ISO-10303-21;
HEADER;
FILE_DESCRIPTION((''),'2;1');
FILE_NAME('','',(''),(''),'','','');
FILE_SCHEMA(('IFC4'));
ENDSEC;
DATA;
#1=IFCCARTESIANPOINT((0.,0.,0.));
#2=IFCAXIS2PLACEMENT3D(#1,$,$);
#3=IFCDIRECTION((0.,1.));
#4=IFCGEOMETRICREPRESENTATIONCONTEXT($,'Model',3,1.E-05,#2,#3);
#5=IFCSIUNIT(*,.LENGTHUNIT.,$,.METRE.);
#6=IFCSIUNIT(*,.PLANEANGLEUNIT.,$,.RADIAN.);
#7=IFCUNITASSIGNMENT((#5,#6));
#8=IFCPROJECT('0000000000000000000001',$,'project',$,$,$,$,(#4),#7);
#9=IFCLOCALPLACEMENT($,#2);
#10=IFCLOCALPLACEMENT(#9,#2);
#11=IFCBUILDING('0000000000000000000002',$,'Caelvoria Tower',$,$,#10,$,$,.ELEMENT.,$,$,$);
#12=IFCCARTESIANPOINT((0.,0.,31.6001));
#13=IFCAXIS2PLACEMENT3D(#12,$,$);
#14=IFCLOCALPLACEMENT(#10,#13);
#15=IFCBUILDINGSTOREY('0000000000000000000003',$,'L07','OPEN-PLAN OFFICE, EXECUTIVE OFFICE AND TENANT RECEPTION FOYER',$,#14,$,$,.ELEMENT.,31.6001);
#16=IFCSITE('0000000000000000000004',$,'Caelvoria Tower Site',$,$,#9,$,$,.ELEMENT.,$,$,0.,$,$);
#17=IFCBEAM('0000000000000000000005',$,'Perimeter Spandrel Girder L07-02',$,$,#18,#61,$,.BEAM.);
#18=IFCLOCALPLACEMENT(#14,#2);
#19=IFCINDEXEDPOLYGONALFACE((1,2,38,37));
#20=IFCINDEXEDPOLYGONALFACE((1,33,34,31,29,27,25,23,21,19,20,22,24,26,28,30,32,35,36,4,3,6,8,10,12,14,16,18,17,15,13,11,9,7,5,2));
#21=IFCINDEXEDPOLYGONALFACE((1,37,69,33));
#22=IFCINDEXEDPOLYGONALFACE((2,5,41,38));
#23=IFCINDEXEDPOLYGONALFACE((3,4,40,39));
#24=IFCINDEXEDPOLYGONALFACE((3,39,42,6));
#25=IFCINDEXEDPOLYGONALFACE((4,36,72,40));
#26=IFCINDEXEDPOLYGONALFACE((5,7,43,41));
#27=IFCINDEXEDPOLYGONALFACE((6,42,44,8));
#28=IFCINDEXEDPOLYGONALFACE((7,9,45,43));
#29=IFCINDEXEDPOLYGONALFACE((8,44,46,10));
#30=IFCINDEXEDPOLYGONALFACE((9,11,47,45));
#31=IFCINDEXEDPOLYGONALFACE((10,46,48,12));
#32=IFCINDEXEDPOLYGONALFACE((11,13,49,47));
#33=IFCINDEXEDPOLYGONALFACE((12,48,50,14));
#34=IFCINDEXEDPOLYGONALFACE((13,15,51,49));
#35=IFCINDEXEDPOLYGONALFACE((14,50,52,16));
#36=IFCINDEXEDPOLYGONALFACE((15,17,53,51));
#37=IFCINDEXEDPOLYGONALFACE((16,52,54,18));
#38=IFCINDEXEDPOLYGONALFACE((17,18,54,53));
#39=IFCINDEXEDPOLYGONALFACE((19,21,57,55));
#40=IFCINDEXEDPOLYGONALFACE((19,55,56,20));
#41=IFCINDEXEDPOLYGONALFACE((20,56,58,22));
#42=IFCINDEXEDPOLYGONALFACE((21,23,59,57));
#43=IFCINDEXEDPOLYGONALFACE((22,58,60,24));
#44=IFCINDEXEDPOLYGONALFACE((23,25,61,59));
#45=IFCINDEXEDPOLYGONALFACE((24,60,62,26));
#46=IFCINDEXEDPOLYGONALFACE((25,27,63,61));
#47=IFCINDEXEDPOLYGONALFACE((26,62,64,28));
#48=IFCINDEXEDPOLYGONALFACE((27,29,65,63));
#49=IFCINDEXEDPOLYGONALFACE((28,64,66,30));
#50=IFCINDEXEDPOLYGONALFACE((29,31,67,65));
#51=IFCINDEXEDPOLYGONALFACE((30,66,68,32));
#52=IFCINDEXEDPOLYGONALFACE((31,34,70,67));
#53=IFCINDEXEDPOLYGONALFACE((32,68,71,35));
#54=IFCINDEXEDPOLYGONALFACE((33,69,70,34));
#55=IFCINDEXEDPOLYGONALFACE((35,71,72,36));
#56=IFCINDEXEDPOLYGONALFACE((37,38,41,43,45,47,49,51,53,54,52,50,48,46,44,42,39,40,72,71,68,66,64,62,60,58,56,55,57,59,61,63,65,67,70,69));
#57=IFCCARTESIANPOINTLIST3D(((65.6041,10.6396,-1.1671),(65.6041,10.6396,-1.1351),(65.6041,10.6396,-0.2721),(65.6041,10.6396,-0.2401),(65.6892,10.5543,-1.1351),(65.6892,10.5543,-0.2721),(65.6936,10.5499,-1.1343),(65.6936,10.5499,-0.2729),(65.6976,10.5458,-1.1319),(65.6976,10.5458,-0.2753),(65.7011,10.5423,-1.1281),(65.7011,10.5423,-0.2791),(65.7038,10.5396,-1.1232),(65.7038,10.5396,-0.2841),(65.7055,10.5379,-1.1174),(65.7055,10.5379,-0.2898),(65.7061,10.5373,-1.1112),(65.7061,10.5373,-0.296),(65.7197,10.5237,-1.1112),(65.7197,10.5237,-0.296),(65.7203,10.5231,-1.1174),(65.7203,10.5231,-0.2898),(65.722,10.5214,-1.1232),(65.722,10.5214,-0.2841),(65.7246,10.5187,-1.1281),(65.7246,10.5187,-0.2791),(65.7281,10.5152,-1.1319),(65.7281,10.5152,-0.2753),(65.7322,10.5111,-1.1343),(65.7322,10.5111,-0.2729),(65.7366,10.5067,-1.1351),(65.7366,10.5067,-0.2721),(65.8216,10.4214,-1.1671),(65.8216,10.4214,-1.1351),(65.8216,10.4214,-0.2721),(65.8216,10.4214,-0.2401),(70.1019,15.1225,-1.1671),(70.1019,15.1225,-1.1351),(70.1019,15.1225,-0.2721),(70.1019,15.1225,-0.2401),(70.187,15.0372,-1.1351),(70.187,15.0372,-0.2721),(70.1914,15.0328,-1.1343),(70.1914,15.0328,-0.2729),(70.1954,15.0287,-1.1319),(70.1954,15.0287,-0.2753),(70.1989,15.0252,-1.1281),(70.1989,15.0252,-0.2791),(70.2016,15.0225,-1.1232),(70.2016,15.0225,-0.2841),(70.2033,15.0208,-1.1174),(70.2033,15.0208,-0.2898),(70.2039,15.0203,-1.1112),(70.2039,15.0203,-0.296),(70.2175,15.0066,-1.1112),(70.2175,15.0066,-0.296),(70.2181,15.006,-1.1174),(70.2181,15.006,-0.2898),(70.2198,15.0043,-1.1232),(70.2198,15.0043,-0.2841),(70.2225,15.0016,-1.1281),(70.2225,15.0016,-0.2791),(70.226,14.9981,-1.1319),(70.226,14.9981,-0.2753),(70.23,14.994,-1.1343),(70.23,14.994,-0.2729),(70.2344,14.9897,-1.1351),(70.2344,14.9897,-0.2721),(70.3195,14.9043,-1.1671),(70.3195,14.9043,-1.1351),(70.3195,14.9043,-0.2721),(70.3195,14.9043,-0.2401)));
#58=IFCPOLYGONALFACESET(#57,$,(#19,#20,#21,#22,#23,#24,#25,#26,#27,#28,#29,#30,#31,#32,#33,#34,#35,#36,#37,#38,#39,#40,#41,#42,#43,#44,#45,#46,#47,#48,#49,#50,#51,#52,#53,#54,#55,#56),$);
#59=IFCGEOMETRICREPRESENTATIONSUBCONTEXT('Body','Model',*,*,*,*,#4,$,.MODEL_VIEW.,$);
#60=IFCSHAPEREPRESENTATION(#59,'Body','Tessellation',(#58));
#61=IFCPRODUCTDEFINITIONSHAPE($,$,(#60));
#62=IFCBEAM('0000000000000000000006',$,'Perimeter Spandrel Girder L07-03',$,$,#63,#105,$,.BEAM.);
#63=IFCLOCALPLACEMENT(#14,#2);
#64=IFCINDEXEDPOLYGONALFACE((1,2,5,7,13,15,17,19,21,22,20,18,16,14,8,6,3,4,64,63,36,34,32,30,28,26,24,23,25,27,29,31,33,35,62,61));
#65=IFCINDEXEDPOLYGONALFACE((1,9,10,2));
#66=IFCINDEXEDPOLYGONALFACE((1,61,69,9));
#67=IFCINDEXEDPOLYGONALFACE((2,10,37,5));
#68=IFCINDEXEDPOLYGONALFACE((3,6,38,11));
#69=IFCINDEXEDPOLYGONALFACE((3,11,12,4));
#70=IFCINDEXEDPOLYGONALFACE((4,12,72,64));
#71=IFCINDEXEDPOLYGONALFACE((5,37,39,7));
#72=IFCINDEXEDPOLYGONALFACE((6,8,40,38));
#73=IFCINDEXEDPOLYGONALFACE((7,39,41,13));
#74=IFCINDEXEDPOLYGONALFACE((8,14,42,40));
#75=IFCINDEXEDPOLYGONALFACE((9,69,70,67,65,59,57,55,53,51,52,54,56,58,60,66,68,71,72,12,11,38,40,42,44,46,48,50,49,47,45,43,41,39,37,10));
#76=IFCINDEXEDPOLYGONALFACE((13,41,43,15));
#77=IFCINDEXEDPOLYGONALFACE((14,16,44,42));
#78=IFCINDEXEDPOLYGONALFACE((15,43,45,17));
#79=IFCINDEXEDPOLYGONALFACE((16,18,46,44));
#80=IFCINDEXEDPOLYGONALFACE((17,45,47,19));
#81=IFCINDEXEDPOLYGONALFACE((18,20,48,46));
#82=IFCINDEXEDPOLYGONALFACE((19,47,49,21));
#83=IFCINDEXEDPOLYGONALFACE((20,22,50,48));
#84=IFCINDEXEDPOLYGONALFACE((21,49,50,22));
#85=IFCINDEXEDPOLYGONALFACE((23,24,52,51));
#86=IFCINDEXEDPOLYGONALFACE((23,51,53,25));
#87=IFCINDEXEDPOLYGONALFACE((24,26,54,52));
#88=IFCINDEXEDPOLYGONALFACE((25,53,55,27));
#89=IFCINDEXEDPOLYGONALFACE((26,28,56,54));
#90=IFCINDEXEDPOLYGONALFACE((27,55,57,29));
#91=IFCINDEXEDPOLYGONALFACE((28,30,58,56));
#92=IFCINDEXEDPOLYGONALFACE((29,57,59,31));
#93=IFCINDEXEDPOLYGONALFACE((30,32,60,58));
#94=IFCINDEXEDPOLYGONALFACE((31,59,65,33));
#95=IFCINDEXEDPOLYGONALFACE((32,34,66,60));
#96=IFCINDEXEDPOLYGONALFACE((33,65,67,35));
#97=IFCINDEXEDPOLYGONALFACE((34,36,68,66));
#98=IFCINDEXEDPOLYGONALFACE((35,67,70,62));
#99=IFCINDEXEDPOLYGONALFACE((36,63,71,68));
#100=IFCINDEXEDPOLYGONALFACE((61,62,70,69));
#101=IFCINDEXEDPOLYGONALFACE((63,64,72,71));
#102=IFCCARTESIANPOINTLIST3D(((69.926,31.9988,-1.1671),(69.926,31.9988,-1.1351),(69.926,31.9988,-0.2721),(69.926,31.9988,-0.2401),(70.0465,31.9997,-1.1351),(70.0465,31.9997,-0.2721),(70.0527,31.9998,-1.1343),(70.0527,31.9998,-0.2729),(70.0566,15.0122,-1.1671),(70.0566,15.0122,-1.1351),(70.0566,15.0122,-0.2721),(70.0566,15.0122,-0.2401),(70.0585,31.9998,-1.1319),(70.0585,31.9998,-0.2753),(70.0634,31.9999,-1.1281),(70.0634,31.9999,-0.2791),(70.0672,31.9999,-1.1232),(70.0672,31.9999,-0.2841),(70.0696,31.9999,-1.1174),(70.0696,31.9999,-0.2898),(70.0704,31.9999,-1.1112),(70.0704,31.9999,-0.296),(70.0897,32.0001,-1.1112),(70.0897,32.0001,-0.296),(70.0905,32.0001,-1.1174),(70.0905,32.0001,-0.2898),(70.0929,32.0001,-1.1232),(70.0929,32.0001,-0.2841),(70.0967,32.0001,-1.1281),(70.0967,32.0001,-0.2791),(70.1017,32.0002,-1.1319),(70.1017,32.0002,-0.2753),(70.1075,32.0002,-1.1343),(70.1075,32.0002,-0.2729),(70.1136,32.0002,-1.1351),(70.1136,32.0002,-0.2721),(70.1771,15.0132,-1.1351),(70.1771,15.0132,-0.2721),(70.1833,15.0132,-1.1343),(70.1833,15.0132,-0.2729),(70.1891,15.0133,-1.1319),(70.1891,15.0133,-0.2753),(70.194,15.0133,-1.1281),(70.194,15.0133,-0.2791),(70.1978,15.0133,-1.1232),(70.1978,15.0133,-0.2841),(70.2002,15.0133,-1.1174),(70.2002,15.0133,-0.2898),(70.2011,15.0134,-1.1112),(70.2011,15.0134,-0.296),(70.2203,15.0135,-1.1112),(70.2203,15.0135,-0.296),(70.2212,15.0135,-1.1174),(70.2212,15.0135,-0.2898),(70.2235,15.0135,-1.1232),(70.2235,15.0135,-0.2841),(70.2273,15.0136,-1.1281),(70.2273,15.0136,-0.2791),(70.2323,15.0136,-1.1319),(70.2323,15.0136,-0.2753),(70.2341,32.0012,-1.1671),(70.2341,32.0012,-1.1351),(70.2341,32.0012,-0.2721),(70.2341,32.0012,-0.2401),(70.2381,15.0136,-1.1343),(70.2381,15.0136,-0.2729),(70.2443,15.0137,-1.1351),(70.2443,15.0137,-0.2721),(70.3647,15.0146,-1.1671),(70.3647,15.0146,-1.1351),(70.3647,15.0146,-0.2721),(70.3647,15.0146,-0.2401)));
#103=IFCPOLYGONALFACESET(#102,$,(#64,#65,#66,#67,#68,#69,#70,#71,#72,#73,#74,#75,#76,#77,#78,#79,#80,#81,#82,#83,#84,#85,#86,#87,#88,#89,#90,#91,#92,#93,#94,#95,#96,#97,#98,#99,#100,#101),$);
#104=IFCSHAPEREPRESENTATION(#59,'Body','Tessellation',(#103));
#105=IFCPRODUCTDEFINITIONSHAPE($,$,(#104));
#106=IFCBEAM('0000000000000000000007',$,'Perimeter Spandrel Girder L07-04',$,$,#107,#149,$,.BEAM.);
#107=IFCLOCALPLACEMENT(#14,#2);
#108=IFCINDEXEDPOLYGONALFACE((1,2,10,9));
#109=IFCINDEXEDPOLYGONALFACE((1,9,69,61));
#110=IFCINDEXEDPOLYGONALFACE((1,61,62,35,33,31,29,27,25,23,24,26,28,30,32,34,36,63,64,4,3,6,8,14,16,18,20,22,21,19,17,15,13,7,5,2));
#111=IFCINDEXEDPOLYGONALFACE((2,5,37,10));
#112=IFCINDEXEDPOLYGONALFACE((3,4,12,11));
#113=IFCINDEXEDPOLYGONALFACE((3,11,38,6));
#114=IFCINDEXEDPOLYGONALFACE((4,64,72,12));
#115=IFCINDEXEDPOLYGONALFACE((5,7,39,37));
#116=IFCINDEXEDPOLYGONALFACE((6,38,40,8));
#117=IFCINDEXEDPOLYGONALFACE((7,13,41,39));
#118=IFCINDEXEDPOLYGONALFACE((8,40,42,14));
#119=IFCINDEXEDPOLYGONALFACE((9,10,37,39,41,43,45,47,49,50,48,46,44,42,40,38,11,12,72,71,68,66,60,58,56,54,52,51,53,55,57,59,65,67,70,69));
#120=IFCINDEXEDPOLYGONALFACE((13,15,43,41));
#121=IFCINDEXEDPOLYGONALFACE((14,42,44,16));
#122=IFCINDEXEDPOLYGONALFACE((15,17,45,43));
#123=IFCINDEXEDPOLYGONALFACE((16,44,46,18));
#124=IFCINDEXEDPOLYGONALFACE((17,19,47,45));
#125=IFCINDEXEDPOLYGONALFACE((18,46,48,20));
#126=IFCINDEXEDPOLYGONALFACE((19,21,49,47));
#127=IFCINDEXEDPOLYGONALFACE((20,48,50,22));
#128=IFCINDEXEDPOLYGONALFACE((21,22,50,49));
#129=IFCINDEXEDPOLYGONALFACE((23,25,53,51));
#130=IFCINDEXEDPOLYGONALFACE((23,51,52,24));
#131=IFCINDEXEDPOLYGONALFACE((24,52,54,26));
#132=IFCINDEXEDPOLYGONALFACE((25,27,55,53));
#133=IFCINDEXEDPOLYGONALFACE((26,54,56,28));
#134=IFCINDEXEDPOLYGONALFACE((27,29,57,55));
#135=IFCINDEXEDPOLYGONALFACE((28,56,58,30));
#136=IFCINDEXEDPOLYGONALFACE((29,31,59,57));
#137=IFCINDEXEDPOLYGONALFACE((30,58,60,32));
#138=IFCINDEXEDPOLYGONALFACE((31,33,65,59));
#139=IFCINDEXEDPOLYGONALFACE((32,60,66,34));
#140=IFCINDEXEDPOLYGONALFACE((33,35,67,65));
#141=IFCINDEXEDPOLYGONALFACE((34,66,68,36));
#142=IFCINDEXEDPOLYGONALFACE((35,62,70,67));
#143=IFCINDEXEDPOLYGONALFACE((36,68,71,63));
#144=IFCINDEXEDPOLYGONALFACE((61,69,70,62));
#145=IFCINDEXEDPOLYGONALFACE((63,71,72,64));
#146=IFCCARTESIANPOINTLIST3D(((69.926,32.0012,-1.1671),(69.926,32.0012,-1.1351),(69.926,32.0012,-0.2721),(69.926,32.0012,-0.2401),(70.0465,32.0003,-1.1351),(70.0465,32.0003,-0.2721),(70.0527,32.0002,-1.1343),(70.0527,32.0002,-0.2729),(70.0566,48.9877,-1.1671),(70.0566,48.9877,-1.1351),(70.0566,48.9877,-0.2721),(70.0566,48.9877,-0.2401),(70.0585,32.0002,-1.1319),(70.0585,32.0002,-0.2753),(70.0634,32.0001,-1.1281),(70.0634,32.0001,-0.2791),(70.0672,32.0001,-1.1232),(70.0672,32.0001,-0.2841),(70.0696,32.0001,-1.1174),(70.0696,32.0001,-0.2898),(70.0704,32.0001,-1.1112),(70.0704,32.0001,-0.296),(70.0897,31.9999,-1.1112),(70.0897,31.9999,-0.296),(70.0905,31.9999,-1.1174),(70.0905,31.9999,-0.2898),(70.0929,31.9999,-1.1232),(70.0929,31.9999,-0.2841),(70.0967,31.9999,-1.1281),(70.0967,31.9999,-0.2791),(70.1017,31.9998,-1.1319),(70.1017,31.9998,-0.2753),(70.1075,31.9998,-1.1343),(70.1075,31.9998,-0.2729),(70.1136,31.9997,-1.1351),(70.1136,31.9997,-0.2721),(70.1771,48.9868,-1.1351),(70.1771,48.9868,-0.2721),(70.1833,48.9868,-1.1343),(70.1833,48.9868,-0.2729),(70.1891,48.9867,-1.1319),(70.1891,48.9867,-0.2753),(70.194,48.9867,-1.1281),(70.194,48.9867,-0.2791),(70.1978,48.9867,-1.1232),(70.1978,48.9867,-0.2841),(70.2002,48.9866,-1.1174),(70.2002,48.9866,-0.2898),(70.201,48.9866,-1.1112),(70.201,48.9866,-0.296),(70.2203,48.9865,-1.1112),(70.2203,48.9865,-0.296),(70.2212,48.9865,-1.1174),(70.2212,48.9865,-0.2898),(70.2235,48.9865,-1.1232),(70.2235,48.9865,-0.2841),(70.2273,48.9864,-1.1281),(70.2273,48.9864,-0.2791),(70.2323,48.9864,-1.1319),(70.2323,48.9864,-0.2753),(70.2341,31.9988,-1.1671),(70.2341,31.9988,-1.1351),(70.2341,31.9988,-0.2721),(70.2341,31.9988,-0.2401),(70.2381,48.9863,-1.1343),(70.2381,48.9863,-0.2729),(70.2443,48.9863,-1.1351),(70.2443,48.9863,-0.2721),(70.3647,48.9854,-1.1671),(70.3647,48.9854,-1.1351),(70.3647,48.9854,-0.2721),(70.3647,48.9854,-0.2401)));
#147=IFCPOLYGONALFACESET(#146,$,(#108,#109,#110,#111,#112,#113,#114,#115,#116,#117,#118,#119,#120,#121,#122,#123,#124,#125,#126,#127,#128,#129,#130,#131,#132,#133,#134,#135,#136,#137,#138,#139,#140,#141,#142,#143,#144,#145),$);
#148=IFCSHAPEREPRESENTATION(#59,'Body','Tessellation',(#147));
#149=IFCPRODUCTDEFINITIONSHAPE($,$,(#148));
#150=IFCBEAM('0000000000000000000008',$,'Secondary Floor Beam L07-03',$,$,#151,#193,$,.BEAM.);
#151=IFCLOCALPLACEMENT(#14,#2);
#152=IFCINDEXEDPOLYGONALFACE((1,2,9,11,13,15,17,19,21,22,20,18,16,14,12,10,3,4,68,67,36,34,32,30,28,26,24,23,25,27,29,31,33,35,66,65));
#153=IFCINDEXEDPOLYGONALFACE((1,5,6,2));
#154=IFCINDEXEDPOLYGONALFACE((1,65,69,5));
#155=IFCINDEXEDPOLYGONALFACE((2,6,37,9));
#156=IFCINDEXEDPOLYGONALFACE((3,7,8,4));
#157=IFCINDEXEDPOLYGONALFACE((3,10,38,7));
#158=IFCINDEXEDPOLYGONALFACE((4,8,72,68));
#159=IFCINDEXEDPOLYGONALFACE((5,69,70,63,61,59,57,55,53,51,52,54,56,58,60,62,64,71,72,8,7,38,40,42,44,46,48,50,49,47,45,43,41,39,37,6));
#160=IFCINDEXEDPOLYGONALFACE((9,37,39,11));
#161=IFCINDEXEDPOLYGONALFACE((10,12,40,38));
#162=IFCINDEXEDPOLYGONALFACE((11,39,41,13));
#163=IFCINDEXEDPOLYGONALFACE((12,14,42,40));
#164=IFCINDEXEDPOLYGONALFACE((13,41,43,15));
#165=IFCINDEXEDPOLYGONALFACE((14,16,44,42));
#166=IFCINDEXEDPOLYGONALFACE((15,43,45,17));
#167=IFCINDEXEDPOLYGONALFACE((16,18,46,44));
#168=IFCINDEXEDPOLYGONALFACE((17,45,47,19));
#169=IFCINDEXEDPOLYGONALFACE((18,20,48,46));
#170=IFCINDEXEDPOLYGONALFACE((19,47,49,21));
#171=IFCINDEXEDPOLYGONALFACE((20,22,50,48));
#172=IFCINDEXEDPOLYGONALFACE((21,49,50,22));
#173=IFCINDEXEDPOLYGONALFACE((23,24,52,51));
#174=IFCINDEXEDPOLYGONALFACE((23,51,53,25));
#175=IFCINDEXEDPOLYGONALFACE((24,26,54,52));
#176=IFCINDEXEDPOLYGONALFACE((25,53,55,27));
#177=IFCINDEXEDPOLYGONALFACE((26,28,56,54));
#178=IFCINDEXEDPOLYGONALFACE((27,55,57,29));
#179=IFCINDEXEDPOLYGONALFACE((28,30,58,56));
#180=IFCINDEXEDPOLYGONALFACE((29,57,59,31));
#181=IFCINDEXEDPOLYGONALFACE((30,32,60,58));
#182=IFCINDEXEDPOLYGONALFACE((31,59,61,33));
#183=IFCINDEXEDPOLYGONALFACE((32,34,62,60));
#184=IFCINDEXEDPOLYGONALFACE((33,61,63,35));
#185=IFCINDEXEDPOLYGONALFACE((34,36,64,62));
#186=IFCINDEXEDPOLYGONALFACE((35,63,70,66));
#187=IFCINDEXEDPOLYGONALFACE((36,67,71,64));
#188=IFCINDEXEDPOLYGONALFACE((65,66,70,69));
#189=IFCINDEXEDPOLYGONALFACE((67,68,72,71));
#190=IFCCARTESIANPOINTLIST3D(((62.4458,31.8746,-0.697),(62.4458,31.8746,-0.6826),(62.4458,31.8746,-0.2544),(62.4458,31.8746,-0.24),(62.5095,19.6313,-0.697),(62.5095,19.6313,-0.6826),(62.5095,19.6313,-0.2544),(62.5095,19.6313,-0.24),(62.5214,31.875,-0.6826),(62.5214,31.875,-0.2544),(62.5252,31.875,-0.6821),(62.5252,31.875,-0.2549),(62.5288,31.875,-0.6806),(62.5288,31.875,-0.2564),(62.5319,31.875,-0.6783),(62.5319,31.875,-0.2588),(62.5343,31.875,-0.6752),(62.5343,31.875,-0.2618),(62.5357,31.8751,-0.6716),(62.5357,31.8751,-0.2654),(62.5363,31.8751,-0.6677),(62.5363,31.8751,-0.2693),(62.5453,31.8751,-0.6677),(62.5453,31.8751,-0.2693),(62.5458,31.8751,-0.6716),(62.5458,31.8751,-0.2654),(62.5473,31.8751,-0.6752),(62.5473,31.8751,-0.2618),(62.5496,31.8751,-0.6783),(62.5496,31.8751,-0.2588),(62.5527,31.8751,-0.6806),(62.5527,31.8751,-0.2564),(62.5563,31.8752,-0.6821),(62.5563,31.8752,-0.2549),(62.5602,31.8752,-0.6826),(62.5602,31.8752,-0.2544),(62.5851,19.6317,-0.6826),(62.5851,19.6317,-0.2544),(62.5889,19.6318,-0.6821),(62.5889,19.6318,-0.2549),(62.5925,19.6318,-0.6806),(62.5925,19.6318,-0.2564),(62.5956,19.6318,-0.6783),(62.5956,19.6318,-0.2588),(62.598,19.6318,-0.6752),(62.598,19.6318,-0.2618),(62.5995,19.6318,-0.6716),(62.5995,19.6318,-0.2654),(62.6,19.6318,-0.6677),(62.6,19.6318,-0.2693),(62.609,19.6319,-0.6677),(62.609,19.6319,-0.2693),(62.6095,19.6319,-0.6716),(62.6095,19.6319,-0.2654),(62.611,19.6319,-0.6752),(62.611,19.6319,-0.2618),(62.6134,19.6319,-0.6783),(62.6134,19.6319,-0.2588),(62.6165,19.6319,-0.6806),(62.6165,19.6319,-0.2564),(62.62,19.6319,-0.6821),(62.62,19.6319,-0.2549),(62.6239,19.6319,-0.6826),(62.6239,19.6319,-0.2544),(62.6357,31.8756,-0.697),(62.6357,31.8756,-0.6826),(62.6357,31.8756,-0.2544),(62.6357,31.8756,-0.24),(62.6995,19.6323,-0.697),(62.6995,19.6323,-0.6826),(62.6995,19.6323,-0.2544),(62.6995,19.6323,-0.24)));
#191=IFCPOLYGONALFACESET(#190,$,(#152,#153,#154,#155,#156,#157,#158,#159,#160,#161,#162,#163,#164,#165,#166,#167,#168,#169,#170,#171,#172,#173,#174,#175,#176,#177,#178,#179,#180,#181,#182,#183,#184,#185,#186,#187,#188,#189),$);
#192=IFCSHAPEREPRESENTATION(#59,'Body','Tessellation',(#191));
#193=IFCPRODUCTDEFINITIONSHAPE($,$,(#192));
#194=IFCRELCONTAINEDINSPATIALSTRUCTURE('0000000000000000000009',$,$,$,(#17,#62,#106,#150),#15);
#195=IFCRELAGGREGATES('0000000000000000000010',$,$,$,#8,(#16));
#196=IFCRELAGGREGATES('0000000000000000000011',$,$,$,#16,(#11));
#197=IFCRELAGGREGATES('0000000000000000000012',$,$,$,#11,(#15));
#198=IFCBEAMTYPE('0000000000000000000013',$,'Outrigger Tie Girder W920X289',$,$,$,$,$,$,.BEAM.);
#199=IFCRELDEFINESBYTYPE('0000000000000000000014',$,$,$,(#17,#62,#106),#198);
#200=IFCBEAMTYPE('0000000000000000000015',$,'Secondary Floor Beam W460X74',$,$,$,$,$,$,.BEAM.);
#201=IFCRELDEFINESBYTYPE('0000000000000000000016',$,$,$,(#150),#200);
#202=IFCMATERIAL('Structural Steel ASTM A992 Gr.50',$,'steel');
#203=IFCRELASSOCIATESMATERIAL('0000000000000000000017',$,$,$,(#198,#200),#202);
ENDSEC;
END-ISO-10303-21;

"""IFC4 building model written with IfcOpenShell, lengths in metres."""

from ifc_helpers import new_model, si_unit, direction, frame, origin, origin_2d, place, context, subcontext, project, spatial, i_section, extrude, material, material_profile, profile_set, type_object, element, save


model = new_model("IFC4")

# Units and contexts
model_context = context("Model", 3, precision=1e-05, world=origin(), true_north=direction((0.0, 1.0)))
body_context = subcontext(model_context, "Body", "Model", "MODEL_VIEW")
ifc_project = project(units=[si_unit("LENGTHUNIT", "METRE"), si_unit("PLANEANGLEUNIT", "RADIAN")], contexts=[model_context])

# Site, building, storey
site_placement = place(None, origin())
site = spatial("IfcSite", under=ifc_project, at=site_placement, Name="Caelvoria Tower Site", CompositionType="ELEMENT", RefElevation=0.0)
building_placement = place(site_placement, origin())
building = spatial("IfcBuilding", under=site, at=building_placement, Name="Caelvoria Tower", CompositionType="ELEMENT")
storey_placement = place(building_placement, frame((0.0, 0.0, 31.6001)))
storey = spatial("IfcBuildingStorey", under=building, at=storey_placement, Name="L07", Description="OPEN-PLAN OFFICE, EXECUTIVE OFFICE AND TENANT RECEPTION FOYER", CompositionType="ELEMENT", Elevation=31.6001)

# Beams
ifc_material_1 = material(Name="Structural Steel ASTM A992 Gr.50", Category="steel")
ifc_material_profile_1 = material_profile(ifc_material_1, i_section(OverallWidth=0.3081, OverallDepth=0.927, WebThickness=0.0193, FlangeThickness=0.032, FilletRadius=0.0239, at=origin_2d()), Name="Structural Steel ASTM A992 Gr.50")
ifc_profile_set_1 = profile_set([ifc_material_profile_1], Name="W920X289 - Structural Steel ASTM A992 Gr.50")
beam_type_1 = type_object("IfcBeamType", Name="Outrigger Tie Girder W920X289", PredefinedType="BEAM", material=ifc_profile_set_1)
beam_1_placement = place(storey_placement, frame((65.7129, 10.5305, -0.7036), z_axis=(0.708278, 0.705933, 0.0), x_axis=(-0.705933, 0.708278, 0.0)))
element("IfcBeam", 1, at=beam_1_placement, inside=storey, type_object=beam_type_1, Name="Perimeter Spandrel Girder L07-02", PredefinedType="BEAM", context=body_context, shape_type="SweptSolid", body=[
    extrude(i_section(OverallWidth=0.3081, OverallDepth=0.927, WebThickness=0.0193, FlangeThickness=0.032, FilletRadius=0.0239, at=origin_2d()), origin(), (0.0, 0.0, 1.0), 6.3503),
])
for number, where, z_axis, x_axis, name in (
    (2, (70.2107, 15.0134, -0.7036), (-0.007689, 0.99997, 0.0), (-0.99997, -0.007689, 0.0), "Perimeter Spandrel Girder L07-03"),
    (3, (70.0801, 32.0, -0.7036), (0.007689, 0.99997, 0.0), (-0.99997, 0.007689, 0.0), "Perimeter Spandrel Girder L07-04"),
):
    element("IfcBeam", number, at=place(storey_placement, frame(where, z_axis=z_axis, x_axis=x_axis)), inside=storey, type_object=beam_type_1, Name=name, PredefinedType="BEAM", context=body_context, shape_type="SweptSolid", body=[
        extrude(i_section(OverallWidth=0.3081, OverallDepth=0.927, WebThickness=0.0193, FlangeThickness=0.032, FilletRadius=0.0239, at=origin_2d()), origin(), (0.0, 0.0, 1.0), 16.9871),
    ])
ifc_material_profile_2 = material_profile(ifc_material_1, i_section(OverallWidth=0.1899, OverallDepth=0.457, WebThickness=0.009, FlangeThickness=0.0144, FilletRadius=0.0149, at=origin_2d()), Name="Structural Steel ASTM A992 Gr.50")
ifc_profile_set_2 = profile_set([ifc_material_profile_2], Name="W460X74 - Structural Steel ASTM A992 Gr.50")
beam_type_2 = type_object("IfcBeamType", Name="Secondary Floor Beam W460X74", PredefinedType="BEAM", material=ifc_profile_set_2)
beam_2_placement = place(storey_placement, frame((62.6045, 19.6318, -0.4685), z_axis=(-0.005205, 0.999986, 0.0), x_axis=(-0.999986, -0.005205, 0.0)))
element("IfcBeam", 4, at=beam_2_placement, inside=storey, type_object=beam_type_2, Name="Secondary Floor Beam L07-03", PredefinedType="BEAM", context=body_context, shape_type="SweptSolid", body=[
    extrude(i_section(OverallWidth=0.1899, OverallDepth=0.457, WebThickness=0.009, FlangeThickness=0.0144, FilletRadius=0.0149, at=origin_2d()), origin(), (0.0, 0.0, 1.0), 12.2434),
])

save(model, "model.ifc")
